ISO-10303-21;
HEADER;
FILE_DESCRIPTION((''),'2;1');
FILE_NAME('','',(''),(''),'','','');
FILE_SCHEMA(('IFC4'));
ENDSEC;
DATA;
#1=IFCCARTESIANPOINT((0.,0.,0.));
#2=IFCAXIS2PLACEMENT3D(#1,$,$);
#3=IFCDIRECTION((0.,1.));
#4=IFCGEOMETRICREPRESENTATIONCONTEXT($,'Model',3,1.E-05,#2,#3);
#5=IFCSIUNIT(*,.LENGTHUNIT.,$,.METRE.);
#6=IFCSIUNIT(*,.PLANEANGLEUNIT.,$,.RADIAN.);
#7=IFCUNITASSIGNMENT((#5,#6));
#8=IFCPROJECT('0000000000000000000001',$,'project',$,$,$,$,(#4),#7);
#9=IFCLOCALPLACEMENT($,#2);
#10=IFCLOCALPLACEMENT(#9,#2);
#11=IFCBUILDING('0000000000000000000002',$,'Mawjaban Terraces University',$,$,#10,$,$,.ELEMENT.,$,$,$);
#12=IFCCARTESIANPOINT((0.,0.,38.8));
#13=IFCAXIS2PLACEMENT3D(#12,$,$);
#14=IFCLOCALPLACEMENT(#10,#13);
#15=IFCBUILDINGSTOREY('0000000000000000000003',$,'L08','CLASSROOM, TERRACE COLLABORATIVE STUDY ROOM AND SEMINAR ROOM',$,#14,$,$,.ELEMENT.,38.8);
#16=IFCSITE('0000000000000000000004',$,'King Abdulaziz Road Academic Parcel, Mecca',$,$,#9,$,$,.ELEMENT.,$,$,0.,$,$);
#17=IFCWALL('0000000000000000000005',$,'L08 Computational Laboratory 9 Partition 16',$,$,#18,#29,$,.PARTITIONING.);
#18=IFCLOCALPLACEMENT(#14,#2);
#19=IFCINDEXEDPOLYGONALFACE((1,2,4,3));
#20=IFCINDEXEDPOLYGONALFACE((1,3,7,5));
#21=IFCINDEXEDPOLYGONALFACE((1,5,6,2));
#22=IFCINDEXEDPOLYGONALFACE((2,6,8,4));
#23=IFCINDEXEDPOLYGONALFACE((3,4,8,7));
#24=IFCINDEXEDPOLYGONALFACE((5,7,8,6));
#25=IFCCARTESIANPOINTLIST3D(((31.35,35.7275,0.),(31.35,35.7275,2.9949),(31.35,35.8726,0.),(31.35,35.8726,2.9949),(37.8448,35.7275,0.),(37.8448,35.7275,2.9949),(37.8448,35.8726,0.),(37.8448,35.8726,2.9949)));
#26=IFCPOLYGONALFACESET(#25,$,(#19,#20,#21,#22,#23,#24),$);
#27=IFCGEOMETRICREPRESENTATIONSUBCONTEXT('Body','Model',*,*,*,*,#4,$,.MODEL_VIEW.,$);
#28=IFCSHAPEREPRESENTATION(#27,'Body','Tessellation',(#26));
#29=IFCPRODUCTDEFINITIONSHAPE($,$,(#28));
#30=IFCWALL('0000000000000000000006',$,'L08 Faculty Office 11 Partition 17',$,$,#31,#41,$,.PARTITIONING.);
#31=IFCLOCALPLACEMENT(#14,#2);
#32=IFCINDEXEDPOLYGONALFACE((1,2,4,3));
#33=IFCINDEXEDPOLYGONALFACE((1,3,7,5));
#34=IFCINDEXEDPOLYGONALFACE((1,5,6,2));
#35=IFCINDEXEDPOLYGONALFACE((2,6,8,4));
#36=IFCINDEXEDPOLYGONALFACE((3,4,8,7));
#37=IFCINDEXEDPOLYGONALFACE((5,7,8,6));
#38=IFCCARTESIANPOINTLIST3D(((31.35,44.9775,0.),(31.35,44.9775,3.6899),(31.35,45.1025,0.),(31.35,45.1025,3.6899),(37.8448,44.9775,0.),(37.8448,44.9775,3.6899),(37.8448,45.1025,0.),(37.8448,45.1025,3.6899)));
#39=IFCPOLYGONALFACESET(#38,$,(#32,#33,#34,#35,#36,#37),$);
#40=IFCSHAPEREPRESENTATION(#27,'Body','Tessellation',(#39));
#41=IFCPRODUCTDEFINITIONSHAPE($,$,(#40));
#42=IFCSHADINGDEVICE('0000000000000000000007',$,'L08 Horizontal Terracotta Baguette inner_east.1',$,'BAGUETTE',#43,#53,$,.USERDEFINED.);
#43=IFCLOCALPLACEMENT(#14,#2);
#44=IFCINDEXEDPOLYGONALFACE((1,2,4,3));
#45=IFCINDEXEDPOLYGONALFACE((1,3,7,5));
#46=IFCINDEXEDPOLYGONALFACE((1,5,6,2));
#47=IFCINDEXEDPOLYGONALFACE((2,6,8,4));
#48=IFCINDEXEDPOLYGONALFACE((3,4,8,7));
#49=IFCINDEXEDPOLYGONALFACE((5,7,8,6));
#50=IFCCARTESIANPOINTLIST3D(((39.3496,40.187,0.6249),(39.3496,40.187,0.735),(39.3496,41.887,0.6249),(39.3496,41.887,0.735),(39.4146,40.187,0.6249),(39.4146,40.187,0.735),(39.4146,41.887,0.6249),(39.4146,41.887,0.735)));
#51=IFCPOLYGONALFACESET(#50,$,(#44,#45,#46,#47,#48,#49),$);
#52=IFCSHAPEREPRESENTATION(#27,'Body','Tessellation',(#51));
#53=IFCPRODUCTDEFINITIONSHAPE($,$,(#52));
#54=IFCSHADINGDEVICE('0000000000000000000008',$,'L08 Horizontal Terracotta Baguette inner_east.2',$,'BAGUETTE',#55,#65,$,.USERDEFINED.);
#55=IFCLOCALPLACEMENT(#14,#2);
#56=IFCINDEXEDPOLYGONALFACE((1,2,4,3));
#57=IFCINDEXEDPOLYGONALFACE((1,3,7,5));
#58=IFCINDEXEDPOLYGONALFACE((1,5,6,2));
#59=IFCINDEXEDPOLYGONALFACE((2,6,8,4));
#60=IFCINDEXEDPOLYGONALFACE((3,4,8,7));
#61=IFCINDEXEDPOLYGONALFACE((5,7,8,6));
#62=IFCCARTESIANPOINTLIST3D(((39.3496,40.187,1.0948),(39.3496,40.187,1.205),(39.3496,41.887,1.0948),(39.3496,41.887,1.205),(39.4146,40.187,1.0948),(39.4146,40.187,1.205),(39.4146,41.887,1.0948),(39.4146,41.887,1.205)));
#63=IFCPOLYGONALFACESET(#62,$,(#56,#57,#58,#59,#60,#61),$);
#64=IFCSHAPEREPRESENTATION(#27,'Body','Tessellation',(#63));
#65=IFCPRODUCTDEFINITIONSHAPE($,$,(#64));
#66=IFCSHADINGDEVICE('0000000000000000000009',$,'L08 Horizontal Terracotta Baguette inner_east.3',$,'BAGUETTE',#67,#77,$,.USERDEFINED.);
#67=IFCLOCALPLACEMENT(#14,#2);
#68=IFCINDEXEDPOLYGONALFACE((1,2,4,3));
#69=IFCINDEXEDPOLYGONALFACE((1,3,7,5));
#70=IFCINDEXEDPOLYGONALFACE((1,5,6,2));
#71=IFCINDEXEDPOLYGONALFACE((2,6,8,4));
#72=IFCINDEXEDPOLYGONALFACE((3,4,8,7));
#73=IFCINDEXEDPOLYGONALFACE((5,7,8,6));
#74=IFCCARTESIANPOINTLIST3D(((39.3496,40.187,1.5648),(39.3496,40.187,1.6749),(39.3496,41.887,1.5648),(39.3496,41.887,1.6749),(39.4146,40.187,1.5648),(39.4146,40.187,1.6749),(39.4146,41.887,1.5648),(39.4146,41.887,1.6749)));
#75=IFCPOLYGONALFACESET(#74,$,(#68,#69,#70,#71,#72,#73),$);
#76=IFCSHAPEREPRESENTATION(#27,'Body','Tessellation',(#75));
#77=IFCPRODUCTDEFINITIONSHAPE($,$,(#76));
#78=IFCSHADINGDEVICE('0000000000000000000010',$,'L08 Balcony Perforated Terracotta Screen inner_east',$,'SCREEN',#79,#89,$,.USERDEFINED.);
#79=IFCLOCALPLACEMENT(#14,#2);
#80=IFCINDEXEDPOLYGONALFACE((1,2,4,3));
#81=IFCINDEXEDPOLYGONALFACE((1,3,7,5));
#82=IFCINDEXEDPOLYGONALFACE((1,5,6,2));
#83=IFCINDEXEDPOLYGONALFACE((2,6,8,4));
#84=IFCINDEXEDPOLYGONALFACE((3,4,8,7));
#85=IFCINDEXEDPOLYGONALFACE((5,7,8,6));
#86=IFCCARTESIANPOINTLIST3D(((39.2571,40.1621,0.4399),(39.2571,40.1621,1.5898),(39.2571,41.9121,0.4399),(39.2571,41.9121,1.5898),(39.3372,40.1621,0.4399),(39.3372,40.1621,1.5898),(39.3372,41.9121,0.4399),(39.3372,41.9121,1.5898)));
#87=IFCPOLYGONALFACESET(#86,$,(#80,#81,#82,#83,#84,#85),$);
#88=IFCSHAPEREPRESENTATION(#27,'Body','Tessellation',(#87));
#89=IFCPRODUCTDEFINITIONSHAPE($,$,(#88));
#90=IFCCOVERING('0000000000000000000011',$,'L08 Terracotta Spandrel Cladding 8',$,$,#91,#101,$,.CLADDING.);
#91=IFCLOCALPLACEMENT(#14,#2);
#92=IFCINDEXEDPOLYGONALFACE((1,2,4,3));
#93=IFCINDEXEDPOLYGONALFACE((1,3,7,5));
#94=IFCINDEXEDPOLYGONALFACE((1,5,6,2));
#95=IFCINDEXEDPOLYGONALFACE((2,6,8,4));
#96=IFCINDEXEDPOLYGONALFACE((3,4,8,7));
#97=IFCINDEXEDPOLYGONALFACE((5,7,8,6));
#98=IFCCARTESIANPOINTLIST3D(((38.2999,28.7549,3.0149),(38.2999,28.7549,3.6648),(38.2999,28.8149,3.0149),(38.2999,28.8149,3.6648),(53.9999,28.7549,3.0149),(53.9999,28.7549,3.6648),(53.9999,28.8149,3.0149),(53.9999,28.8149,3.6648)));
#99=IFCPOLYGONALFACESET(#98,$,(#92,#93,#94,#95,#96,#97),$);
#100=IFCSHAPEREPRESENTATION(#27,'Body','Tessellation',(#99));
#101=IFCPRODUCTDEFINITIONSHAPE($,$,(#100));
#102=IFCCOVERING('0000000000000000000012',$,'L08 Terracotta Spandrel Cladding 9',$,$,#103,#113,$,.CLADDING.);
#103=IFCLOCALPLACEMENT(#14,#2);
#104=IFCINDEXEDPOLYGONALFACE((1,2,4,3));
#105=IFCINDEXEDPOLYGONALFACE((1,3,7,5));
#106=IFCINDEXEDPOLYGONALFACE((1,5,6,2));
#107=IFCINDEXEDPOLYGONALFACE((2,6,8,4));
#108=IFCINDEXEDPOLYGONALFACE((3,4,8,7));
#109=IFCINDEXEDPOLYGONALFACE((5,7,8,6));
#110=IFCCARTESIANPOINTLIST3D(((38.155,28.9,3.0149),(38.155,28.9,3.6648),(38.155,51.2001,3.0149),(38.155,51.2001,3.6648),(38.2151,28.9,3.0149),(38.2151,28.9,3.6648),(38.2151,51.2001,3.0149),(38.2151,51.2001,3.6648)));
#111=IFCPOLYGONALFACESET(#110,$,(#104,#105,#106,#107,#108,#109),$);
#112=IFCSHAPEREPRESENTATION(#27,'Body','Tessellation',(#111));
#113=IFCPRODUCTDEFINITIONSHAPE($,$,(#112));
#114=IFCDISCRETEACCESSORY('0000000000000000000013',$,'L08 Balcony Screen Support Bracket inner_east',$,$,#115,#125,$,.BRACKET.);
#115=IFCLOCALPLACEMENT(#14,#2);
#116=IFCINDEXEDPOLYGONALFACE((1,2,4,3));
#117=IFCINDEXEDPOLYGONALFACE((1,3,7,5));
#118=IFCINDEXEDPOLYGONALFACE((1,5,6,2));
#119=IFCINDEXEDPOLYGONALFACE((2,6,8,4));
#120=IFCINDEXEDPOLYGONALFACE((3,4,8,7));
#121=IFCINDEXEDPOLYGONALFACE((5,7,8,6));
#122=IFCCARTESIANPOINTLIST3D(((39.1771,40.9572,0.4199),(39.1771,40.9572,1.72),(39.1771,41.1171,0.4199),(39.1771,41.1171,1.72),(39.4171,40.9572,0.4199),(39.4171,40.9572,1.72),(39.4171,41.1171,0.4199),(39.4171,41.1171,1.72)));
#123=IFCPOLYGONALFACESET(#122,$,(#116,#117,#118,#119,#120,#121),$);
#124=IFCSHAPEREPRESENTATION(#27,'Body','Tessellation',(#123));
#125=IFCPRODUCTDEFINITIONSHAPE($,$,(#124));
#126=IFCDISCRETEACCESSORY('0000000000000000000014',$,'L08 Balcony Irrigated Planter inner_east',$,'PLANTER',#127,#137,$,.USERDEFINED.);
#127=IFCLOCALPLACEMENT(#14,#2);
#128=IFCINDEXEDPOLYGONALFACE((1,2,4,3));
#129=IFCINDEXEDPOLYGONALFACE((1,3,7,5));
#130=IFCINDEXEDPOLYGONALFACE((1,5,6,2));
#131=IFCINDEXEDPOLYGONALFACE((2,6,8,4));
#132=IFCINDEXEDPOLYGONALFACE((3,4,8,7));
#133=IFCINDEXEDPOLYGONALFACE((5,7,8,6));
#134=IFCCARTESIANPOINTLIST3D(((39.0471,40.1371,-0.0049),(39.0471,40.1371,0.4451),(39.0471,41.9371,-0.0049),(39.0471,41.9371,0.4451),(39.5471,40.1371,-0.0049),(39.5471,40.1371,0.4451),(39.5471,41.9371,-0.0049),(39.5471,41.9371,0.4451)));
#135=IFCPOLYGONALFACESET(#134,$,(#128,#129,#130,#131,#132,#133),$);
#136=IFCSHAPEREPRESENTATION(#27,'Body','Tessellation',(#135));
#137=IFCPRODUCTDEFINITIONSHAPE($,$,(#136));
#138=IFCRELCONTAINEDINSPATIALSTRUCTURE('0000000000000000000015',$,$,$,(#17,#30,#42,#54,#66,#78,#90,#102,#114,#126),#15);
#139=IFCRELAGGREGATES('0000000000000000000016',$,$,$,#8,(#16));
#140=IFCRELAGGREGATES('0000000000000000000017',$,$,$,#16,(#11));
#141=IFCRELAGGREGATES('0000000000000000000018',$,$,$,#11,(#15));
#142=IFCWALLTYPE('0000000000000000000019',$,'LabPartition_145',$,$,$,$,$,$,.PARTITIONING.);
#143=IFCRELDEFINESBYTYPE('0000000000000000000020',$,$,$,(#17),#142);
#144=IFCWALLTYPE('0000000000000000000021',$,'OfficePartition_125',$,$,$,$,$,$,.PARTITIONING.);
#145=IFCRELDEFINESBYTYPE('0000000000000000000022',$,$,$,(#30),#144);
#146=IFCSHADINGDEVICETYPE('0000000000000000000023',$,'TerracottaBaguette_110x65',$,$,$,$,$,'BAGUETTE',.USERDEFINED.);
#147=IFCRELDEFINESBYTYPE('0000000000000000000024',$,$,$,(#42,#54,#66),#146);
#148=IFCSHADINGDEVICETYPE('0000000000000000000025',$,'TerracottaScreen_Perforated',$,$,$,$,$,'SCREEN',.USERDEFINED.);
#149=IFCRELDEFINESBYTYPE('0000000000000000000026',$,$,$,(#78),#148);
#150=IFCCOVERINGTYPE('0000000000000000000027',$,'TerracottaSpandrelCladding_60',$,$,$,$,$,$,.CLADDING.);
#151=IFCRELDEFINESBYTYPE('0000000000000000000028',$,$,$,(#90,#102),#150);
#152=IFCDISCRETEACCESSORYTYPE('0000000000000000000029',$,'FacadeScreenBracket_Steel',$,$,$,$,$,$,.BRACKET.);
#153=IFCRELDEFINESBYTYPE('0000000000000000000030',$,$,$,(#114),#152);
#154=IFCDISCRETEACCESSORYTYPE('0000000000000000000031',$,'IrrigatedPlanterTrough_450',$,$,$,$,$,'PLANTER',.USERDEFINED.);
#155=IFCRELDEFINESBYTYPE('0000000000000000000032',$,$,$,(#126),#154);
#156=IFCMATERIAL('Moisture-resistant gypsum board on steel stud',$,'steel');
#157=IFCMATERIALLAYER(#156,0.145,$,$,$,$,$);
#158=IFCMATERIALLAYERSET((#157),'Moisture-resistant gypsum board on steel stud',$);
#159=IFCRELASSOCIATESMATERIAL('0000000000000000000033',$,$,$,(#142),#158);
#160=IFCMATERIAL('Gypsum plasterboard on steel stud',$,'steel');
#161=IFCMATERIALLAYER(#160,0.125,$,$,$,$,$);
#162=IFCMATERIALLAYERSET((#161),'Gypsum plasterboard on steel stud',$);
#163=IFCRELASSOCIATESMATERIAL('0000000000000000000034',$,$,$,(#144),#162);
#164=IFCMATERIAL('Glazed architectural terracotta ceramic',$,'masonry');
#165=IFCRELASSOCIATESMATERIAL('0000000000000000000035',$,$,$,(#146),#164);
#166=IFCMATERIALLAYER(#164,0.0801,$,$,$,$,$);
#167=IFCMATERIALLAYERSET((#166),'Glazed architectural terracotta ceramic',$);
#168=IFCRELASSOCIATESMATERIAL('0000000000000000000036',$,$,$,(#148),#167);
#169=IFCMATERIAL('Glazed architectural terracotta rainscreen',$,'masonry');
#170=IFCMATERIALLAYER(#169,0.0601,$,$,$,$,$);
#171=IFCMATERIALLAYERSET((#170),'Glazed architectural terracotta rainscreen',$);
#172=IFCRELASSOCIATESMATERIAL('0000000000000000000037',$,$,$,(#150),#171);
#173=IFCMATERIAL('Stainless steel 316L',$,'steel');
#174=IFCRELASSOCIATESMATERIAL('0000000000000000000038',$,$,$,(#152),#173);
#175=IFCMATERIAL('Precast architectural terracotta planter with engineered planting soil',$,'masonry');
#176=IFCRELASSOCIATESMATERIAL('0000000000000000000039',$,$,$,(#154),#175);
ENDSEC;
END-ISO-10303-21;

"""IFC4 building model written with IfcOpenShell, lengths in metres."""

from ifc_helpers import new_model, si_unit, direction, frame, frame_2d, origin, origin_2d, place, context, subcontext, project, spatial, rectangle, extrude, material, layer, layer_set, material_profile, profile_set, type_object, element, save


model = new_model("IFC4")

# Units and contexts
model_context = context("Model", 3, precision=1e-05, world=origin(), true_north=direction((0.0, 1.0)))
body_context = subcontext(model_context, "Body", "Model", "MODEL_VIEW")
ifc_project = project(units=[si_unit("LENGTHUNIT", "METRE"), si_unit("PLANEANGLEUNIT", "RADIAN")], contexts=[model_context])

# Site, building, storey
site_placement = place(None, origin())
site = spatial("IfcSite", under=ifc_project, at=site_placement, Name="King Abdulaziz Road Academic Parcel, Mecca", CompositionType="ELEMENT", RefElevation=0.0)
building_placement = place(site_placement, origin())
building = spatial("IfcBuilding", under=site, at=building_placement, Name="Mawjaban Terraces University", CompositionType="ELEMENT")
storey_placement = place(building_placement, frame((0.0, 0.0, 38.8)))
storey = spatial("IfcBuildingStorey", under=building, at=storey_placement, Name="L08", Description="CLASSROOM, TERRACE COLLABORATIVE STUDY ROOM AND SEMINAR ROOM", CompositionType="ELEMENT", Elevation=38.8)

# Walls
ifc_material_1 = material(Name="Moisture-resistant gypsum board on steel stud", Category="steel")
ifc_layer_1 = layer(ifc_material_1, 0.145)
ifc_layer_set_1 = layer_set([ifc_layer_1], Name="Moisture-resistant gypsum board on steel stud")
wall_type_1 = type_object("IfcWallType", Name="LabPartition_145", PredefinedType="PARTITIONING", material=ifc_layer_set_1)
wall_1_placement = place(storey_placement, frame((37.845, 35.8, 0.0), z_axis=(0.0, 0.0, 1.0), x_axis=(-1.0, 0.0, 0.0)))
element("IfcWall", 1, at=wall_1_placement, inside=storey, type_object=wall_type_1, Name="L08 Computational Laboratory 9 Partition 16", PredefinedType="PARTITIONING", context=body_context, shape_type="SweptSolid", body=[
    extrude(rectangle(XDim=6.4949, YDim=0.145, at=frame_2d((3.2476, 0.0))), origin(), (0.0, 0.0, 1.0), 2.9949),
])
ifc_material_2 = material(Name="Gypsum plasterboard on steel stud", Category="steel")
ifc_layer_2 = layer(ifc_material_2, 0.125)
ifc_layer_set_2 = layer_set([ifc_layer_2], Name="Gypsum plasterboard on steel stud")
wall_type_2 = type_object("IfcWallType", Name="OfficePartition_125", PredefinedType="PARTITIONING", material=ifc_layer_set_2)
wall_2_placement = place(storey_placement, frame((37.845, 45.04, 0.0), z_axis=(0.0, 0.0, 1.0), x_axis=(-1.0, 0.0, 0.0)))
element("IfcWall", 2, at=wall_2_placement, inside=storey, type_object=wall_type_2, Name="L08 Faculty Office 11 Partition 17", PredefinedType="PARTITIONING", context=body_context, shape_type="SweptSolid", body=[
    extrude(rectangle(XDim=6.4949, YDim=0.125, at=frame_2d((3.2476, 0.0))), origin(), (0.0, 0.0, 1.0), 3.6899),
])

# Shading devices
ifc_material_3 = material(Name="Glazed architectural terracotta ceramic", Category="masonry")
ifc_material_profile_1 = material_profile(ifc_material_3, rectangle(XDim=0.0649, YDim=0.1101, at=origin_2d()), Name="TBAG110X65")
ifc_profile_set_1 = profile_set([ifc_material_profile_1], Name="Glazed architectural terracotta ceramic")
shading_device_type_1 = type_object("IfcShadingDeviceType", Name="TerracottaBaguette_110x65", ElementType="BAGUETTE", PredefinedType="USERDEFINED", material=ifc_profile_set_1)
for number, where, z_axis, x_axis, name in (
    (3, (39.3821, 40.187, 0.6799), (0.0, 1.0, 0.0), (-1.0, 0.0, 0.0), "L08 Horizontal Terracotta Baguette inner_east.1"),
    (4, (39.3821, 40.187, 1.1499), (0.0, 1.0, 0.0), (-1.0, 0.0, 0.0), "L08 Horizontal Terracotta Baguette inner_east.2"),
    (5, (39.3821, 40.187, 1.6199), (0.0, 1.0, 0.0), (-1.0, 0.0, 0.0), "L08 Horizontal Terracotta Baguette inner_east.3"),
):
    element("IfcShadingDevice", number, at=place(storey_placement, frame(where, z_axis=z_axis, x_axis=x_axis)), inside=storey, type_object=shading_device_type_1, Name=name, ObjectType="BAGUETTE", PredefinedType="USERDEFINED", context=body_context, shape_type="SweptSolid", body=[
        extrude(rectangle(XDim=0.0649, YDim=0.1101, at=origin_2d()), origin(), (0.0, 0.0, 1.0), 1.7),
    ])
ifc_layer_3 = layer(ifc_material_3, 0.0801)
ifc_layer_set_3 = layer_set([ifc_layer_3], Name="Glazed architectural terracotta ceramic")
shading_device_type_2 = type_object("IfcShadingDeviceType", Name="TerracottaScreen_Perforated", ElementType="SCREEN", PredefinedType="USERDEFINED", material=ifc_layer_set_3)
shading_device_placement = place(storey_placement, frame((39.2971, 41.0371, 0.4399), z_axis=(0.0, 0.0, 1.0), x_axis=(0.0, 1.0, 0.0)))
element("IfcShadingDevice", 6, at=shading_device_placement, inside=storey, type_object=shading_device_type_2, Name="L08 Balcony Perforated Terracotta Screen inner_east", ObjectType="SCREEN", PredefinedType="USERDEFINED", context=body_context, shape_type="SweptSolid", body=[
    extrude(rectangle(XDim=1.75, YDim=0.0801, at=origin_2d()), origin(), (0.0, 0.0, 1.0), 1.1499),
])

# Coverings
ifc_material_4 = material(Name="Glazed architectural terracotta rainscreen", Category="masonry")
ifc_layer_4 = layer(ifc_material_4, 0.0601)
ifc_layer_set_4 = layer_set([ifc_layer_4], Name="Glazed architectural terracotta rainscreen")
covering_type = type_object("IfcCoveringType", Name="TerracottaSpandrelCladding_60", PredefinedType="CLADDING", material=ifc_layer_set_4)
covering_1_placement = place(storey_placement, frame((46.1499, 28.7849, 3.0149), z_axis=(0.0, 0.0, 1.0), x_axis=(-1.0, 0.0, 0.0)))
element("IfcCovering", 7, at=covering_1_placement, inside=storey, type_object=covering_type, Name="L08 Terracotta Spandrel Cladding 8", PredefinedType="CLADDING", context=body_context, shape_type="SweptSolid", body=[
    extrude(rectangle(XDim=15.7, YDim=0.0601, at=origin_2d()), origin(), (0.0, 0.0, 1.0), 0.6499),
])
covering_2_placement = place(storey_placement, frame((38.1851, 40.05, 3.0149), z_axis=(0.0, 0.0, 1.0), x_axis=(0.0, 1.0, 0.0)))
element("IfcCovering", 8, at=covering_2_placement, inside=storey, type_object=covering_type, Name="L08 Terracotta Spandrel Cladding 9", PredefinedType="CLADDING", context=body_context, shape_type="SweptSolid", body=[
    extrude(rectangle(XDim=22.3, YDim=0.0601, at=origin_2d()), origin(), (0.0, 0.0, 1.0), 0.6499),
])

# Discrete accessories
ifc_material_5 = material(Name="Stainless steel 316L", Category="steel")
discrete_accessory_type_1 = type_object("IfcDiscreteAccessoryType", Name="FacadeScreenBracket_Steel", PredefinedType="BRACKET", material=ifc_material_5)
discrete_accessory_1_placement = place(storey_placement, frame((39.2971, 41.0371, 0.4199), z_axis=(0.0, 0.0, 1.0), x_axis=(0.0, 1.0, 0.0)))
element("IfcDiscreteAccessory", 9, at=discrete_accessory_1_placement, inside=storey, type_object=discrete_accessory_type_1, Name="L08 Balcony Screen Support Bracket inner_east", PredefinedType="BRACKET", context=body_context, shape_type="SweptSolid", body=[
    extrude(rectangle(XDim=0.1599, YDim=0.24, at=origin_2d()), origin(), (0.0, 0.0, 1.0), 1.3),
])
ifc_material_6 = material(Name="Precast architectural terracotta planter with engineered planting soil", Category="masonry")
discrete_accessory_type_2 = type_object("IfcDiscreteAccessoryType", Name="IrrigatedPlanterTrough_450", ElementType="PLANTER", PredefinedType="USERDEFINED", material=ifc_material_6)
discrete_accessory_2_placement = place(storey_placement, frame((39.2971, 41.0371, -0.0049), z_axis=(0.0, 0.0, 1.0), x_axis=(0.0, 1.0, 0.0)))
element("IfcDiscreteAccessory", 10, at=discrete_accessory_2_placement, inside=storey, type_object=discrete_accessory_type_2, Name="L08 Balcony Irrigated Planter inner_east", ObjectType="PLANTER", PredefinedType="USERDEFINED", context=body_context, shape_type="SweptSolid", body=[
    extrude(rectangle(XDim=1.8, YDim=0.5, at=origin_2d()), origin(), (0.0, 0.0, 1.0), 0.45),
])

save(model, "model.ifc")
